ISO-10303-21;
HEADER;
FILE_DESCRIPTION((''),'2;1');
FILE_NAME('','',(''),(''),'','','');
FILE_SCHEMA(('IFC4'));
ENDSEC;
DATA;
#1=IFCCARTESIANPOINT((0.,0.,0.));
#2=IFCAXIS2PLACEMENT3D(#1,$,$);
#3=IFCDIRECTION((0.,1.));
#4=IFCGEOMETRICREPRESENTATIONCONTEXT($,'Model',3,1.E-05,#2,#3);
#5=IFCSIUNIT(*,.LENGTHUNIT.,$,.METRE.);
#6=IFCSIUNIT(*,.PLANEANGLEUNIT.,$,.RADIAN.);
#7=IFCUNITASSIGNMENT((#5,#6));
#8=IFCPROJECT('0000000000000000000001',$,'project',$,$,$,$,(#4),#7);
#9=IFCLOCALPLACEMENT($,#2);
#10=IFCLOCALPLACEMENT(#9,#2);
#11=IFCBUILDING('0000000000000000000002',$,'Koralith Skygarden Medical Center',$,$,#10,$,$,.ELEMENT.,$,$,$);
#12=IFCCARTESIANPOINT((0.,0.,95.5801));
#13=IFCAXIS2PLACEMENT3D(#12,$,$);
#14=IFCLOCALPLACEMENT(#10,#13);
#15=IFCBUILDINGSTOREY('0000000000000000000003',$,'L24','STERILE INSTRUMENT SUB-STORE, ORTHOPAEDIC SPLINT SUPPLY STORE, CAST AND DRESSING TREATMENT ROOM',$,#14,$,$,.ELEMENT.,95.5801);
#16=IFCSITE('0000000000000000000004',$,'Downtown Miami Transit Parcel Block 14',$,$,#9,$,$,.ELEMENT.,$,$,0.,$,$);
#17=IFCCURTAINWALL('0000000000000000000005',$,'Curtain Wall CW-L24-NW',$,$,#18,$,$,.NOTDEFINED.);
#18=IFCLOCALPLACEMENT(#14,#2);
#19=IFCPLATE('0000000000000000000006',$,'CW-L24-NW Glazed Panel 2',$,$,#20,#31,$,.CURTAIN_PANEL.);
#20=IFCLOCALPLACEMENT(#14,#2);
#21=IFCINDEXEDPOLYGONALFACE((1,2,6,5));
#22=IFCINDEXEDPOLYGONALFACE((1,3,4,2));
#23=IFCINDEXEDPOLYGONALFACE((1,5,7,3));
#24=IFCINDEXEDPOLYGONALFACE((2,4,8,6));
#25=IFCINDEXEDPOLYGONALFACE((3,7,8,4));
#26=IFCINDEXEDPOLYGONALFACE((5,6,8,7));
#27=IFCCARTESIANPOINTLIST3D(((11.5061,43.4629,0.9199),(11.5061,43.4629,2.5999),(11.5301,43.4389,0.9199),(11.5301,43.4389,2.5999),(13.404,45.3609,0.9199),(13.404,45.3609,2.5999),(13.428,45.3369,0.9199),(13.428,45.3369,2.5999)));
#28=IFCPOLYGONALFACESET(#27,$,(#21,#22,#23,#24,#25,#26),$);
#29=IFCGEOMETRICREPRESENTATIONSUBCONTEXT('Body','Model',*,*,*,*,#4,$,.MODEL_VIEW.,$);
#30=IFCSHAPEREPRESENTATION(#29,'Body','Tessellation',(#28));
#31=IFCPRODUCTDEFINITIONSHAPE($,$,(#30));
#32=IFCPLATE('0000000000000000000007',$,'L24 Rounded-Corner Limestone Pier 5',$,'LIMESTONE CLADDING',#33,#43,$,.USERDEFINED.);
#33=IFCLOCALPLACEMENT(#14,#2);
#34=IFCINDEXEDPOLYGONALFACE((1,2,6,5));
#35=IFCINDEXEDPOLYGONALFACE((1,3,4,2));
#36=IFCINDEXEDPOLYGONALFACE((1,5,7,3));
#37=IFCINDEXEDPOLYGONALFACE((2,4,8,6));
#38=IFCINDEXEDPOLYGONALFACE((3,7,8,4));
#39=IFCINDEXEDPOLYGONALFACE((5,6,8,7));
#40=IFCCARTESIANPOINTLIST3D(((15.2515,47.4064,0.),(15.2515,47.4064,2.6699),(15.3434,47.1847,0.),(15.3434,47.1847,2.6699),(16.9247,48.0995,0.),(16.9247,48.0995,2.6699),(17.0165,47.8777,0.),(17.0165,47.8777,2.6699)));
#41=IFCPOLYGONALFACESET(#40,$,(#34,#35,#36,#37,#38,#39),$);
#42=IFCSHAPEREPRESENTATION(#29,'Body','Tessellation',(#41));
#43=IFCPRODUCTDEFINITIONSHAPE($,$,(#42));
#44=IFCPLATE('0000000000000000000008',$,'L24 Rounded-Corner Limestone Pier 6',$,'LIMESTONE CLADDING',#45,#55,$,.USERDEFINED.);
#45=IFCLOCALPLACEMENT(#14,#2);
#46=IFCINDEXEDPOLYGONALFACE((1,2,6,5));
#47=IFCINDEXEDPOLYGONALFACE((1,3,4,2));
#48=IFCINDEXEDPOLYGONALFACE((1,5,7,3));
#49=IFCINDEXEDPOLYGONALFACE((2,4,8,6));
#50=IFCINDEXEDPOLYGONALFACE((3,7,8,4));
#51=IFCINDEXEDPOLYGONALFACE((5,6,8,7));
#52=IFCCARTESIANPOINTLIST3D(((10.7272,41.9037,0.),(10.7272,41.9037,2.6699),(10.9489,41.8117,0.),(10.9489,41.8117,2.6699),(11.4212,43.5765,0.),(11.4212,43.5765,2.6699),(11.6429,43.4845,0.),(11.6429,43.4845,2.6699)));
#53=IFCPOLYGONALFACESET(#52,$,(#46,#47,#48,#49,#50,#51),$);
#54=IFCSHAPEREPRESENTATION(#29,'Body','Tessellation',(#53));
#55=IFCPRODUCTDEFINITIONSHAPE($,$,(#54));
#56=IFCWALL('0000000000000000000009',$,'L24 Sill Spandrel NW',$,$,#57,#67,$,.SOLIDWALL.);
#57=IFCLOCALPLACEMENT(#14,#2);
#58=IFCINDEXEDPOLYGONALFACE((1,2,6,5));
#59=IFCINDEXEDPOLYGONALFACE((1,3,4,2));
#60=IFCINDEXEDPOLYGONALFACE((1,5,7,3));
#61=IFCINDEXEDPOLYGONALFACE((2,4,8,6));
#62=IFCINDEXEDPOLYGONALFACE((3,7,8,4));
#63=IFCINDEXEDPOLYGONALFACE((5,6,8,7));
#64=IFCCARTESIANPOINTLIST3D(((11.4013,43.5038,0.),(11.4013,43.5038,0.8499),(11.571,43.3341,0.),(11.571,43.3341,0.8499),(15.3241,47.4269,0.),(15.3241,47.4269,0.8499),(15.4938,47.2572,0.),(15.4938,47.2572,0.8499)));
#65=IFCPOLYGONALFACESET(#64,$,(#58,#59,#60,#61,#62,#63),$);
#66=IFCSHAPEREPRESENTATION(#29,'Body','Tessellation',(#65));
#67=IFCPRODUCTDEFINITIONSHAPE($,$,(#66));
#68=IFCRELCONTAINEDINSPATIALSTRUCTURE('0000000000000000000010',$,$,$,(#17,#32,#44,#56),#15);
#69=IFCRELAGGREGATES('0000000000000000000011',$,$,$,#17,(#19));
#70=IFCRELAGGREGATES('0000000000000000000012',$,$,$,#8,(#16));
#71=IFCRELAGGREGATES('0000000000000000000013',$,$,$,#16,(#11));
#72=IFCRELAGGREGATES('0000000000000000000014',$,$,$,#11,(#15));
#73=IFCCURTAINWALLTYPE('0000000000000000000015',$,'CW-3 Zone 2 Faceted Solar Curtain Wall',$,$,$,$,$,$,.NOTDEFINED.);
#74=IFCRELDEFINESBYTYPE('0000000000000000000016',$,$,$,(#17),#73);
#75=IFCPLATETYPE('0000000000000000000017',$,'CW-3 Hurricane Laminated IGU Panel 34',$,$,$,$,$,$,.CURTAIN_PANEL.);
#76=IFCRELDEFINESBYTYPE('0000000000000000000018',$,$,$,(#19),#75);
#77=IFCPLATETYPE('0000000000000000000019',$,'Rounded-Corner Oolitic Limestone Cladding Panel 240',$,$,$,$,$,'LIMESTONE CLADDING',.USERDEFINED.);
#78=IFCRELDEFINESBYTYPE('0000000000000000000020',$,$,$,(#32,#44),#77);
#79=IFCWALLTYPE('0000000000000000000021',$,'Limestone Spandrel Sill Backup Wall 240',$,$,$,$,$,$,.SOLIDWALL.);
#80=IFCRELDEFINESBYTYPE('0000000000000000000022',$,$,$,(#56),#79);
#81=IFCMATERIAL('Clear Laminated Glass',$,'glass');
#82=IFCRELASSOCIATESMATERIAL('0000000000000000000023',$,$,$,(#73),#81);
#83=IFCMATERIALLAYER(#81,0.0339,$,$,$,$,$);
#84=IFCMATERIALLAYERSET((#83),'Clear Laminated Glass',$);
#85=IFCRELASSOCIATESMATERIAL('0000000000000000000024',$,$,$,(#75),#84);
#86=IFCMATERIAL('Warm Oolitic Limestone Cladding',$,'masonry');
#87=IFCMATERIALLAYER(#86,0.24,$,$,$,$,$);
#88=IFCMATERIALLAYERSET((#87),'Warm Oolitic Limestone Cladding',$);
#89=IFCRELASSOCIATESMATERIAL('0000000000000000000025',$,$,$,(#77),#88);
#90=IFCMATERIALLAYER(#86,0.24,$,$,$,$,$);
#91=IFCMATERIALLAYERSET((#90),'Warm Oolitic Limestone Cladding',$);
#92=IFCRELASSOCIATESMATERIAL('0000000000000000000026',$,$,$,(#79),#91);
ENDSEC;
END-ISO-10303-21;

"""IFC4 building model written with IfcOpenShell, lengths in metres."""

from ifc_helpers import new_model, si_unit, direction, frame, frame_2d, origin, origin_2d, place, context, subcontext, project, spatial, rectangle, extrude, material, layer, layer_set, type_object, element, aggregate, save


model = new_model("IFC4")

# Units and contexts
model_context = context("Model", 3, precision=1e-05, world=origin(), true_north=direction((0.0, 1.0)))
body_context = subcontext(model_context, "Body", "Model", "MODEL_VIEW")
ifc_project = project(units=[si_unit("LENGTHUNIT", "METRE"), si_unit("PLANEANGLEUNIT", "RADIAN")], contexts=[model_context])

# Site, building, storey
site_placement = place(None, origin())
site = spatial("IfcSite", under=ifc_project, at=site_placement, Name="Downtown Miami Transit Parcel Block 14", CompositionType="ELEMENT", RefElevation=0.0)
building_placement = place(site_placement, origin())
building = spatial("IfcBuilding", under=site, at=building_placement, Name="Koralith Skygarden Medical Center", CompositionType="ELEMENT")
storey_placement = place(building_placement, frame((0.0, 0.0, 95.5801)))
storey = spatial("IfcBuildingStorey", under=building, at=storey_placement, Name="L24", Description="STERILE INSTRUMENT SUB-STORE, ORTHOPAEDIC SPLINT SUPPLY STORE, CAST AND DRESSING TREATMENT ROOM", CompositionType="ELEMENT", Elevation=95.5801)

# Curtain wall
ifc_material_1 = material(Name="Clear Laminated Glass", Category="glass")
curtain_wall_type = type_object("IfcCurtainWallType", Name="CW-3 Zone 2 Faceted Solar Curtain Wall", PredefinedType="NOTDEFINED", material=ifc_material_1)
curtain_wall_1_placement = place(storey_placement, origin())
curtain_wall_1 = element("IfcCurtainWall", 1, at=curtain_wall_1_placement, inside=storey, type_object=curtain_wall_type, Name="Curtain Wall CW-L24-NW", PredefinedType="NOTDEFINED")

# Plate
ifc_layer_1 = layer(ifc_material_1, 0.0339)
ifc_layer_set_1 = layer_set([ifc_layer_1], Name="Clear Laminated Glass")
plate_type_1 = type_object("IfcPlateType", Name="CW-3 Hurricane Laminated IGU Panel 34", PredefinedType="CURTAIN_PANEL", material=ifc_layer_set_1)
plate_1_placement = place(storey_placement, frame((12.467, 44.3999, 0.9199), z_axis=(0.0, 0.0, 1.0), x_axis=(-0.707107, -0.707107, 0.0)))
plate_1 = element("IfcPlate", 2, at=plate_1_placement, type_object=plate_type_1, Name="CW-L24-NW Glazed Panel 2", PredefinedType="CURTAIN_PANEL", context=body_context, shape_type="SweptSolid", body=[
    extrude(rectangle(XDim=2.6841, YDim=0.0339, at=origin_2d()), origin(), (0.0, 0.0, 1.0), 1.6799),
])
aggregate(curtain_wall_1, [plate_1])

# Plates
ifc_material_2 = material(Name="Warm Oolitic Limestone Cladding", Category="masonry")
ifc_layer_2 = layer(ifc_material_2, 0.24)
ifc_layer_set_2 = layer_set([ifc_layer_2], Name="Warm Oolitic Limestone Cladding")
plate_type_2 = type_object("IfcPlateType", Name="Rounded-Corner Oolitic Limestone Cladding Panel 240", ElementType="LIMESTONE CLADDING", PredefinedType="USERDEFINED", material=ifc_layer_set_2)
for number, where, z_axis, x_axis, name in (
    (3, (16.134, 47.6421, 0.0), (0.0, 0.0, 1.0), (-0.923885, -0.382671, 0.0), "L24 Rounded-Corner Limestone Pier 5"),
    (4, (11.1851, 42.6941, 0.0), (0.0, 0.0, 1.0), (-0.383214, -0.92366, 0.0), "L24 Rounded-Corner Limestone Pier 6"),
):
    element("IfcPlate", number, at=place(storey_placement, frame(where, z_axis=z_axis, x_axis=x_axis)), inside=storey, type_object=plate_type_2, Name=name, ObjectType="LIMESTONE CLADDING", PredefinedType="USERDEFINED", context=body_context, shape_type="SweptSolid", body=[
        extrude(rectangle(XDim=1.811, YDim=0.24, at=origin_2d()), origin(), (0.0, 0.0, 1.0), 2.6699),
    ])

# Wall
ifc_layer_3 = layer(ifc_material_2, 0.24)
ifc_layer_set_3 = layer_set([ifc_layer_3], Name="Warm Oolitic Limestone Cladding")
wall_type = type_object("IfcWallType", Name="Limestone Spandrel Sill Backup Wall 240", PredefinedType="SOLIDWALL", material=ifc_layer_set_3)
wall_placement = place(storey_placement, frame((15.4089, 47.342, 0.0), z_axis=(0.0, 0.0, 1.0), x_axis=(-0.707085, -0.707129, 0.0)))
element("IfcWall", 5, at=wall_placement, inside=storey, type_object=wall_type, Name="L24 Sill Spandrel NW", PredefinedType="SOLIDWALL", context=body_context, shape_type="SweptSolid", body=[
    extrude(rectangle(XDim=5.5479, YDim=0.24, at=frame_2d((2.7739, 0.0))), origin(), (0.0, 0.0, 1.0), 0.8499),
])

save(model, "model.ifc")
